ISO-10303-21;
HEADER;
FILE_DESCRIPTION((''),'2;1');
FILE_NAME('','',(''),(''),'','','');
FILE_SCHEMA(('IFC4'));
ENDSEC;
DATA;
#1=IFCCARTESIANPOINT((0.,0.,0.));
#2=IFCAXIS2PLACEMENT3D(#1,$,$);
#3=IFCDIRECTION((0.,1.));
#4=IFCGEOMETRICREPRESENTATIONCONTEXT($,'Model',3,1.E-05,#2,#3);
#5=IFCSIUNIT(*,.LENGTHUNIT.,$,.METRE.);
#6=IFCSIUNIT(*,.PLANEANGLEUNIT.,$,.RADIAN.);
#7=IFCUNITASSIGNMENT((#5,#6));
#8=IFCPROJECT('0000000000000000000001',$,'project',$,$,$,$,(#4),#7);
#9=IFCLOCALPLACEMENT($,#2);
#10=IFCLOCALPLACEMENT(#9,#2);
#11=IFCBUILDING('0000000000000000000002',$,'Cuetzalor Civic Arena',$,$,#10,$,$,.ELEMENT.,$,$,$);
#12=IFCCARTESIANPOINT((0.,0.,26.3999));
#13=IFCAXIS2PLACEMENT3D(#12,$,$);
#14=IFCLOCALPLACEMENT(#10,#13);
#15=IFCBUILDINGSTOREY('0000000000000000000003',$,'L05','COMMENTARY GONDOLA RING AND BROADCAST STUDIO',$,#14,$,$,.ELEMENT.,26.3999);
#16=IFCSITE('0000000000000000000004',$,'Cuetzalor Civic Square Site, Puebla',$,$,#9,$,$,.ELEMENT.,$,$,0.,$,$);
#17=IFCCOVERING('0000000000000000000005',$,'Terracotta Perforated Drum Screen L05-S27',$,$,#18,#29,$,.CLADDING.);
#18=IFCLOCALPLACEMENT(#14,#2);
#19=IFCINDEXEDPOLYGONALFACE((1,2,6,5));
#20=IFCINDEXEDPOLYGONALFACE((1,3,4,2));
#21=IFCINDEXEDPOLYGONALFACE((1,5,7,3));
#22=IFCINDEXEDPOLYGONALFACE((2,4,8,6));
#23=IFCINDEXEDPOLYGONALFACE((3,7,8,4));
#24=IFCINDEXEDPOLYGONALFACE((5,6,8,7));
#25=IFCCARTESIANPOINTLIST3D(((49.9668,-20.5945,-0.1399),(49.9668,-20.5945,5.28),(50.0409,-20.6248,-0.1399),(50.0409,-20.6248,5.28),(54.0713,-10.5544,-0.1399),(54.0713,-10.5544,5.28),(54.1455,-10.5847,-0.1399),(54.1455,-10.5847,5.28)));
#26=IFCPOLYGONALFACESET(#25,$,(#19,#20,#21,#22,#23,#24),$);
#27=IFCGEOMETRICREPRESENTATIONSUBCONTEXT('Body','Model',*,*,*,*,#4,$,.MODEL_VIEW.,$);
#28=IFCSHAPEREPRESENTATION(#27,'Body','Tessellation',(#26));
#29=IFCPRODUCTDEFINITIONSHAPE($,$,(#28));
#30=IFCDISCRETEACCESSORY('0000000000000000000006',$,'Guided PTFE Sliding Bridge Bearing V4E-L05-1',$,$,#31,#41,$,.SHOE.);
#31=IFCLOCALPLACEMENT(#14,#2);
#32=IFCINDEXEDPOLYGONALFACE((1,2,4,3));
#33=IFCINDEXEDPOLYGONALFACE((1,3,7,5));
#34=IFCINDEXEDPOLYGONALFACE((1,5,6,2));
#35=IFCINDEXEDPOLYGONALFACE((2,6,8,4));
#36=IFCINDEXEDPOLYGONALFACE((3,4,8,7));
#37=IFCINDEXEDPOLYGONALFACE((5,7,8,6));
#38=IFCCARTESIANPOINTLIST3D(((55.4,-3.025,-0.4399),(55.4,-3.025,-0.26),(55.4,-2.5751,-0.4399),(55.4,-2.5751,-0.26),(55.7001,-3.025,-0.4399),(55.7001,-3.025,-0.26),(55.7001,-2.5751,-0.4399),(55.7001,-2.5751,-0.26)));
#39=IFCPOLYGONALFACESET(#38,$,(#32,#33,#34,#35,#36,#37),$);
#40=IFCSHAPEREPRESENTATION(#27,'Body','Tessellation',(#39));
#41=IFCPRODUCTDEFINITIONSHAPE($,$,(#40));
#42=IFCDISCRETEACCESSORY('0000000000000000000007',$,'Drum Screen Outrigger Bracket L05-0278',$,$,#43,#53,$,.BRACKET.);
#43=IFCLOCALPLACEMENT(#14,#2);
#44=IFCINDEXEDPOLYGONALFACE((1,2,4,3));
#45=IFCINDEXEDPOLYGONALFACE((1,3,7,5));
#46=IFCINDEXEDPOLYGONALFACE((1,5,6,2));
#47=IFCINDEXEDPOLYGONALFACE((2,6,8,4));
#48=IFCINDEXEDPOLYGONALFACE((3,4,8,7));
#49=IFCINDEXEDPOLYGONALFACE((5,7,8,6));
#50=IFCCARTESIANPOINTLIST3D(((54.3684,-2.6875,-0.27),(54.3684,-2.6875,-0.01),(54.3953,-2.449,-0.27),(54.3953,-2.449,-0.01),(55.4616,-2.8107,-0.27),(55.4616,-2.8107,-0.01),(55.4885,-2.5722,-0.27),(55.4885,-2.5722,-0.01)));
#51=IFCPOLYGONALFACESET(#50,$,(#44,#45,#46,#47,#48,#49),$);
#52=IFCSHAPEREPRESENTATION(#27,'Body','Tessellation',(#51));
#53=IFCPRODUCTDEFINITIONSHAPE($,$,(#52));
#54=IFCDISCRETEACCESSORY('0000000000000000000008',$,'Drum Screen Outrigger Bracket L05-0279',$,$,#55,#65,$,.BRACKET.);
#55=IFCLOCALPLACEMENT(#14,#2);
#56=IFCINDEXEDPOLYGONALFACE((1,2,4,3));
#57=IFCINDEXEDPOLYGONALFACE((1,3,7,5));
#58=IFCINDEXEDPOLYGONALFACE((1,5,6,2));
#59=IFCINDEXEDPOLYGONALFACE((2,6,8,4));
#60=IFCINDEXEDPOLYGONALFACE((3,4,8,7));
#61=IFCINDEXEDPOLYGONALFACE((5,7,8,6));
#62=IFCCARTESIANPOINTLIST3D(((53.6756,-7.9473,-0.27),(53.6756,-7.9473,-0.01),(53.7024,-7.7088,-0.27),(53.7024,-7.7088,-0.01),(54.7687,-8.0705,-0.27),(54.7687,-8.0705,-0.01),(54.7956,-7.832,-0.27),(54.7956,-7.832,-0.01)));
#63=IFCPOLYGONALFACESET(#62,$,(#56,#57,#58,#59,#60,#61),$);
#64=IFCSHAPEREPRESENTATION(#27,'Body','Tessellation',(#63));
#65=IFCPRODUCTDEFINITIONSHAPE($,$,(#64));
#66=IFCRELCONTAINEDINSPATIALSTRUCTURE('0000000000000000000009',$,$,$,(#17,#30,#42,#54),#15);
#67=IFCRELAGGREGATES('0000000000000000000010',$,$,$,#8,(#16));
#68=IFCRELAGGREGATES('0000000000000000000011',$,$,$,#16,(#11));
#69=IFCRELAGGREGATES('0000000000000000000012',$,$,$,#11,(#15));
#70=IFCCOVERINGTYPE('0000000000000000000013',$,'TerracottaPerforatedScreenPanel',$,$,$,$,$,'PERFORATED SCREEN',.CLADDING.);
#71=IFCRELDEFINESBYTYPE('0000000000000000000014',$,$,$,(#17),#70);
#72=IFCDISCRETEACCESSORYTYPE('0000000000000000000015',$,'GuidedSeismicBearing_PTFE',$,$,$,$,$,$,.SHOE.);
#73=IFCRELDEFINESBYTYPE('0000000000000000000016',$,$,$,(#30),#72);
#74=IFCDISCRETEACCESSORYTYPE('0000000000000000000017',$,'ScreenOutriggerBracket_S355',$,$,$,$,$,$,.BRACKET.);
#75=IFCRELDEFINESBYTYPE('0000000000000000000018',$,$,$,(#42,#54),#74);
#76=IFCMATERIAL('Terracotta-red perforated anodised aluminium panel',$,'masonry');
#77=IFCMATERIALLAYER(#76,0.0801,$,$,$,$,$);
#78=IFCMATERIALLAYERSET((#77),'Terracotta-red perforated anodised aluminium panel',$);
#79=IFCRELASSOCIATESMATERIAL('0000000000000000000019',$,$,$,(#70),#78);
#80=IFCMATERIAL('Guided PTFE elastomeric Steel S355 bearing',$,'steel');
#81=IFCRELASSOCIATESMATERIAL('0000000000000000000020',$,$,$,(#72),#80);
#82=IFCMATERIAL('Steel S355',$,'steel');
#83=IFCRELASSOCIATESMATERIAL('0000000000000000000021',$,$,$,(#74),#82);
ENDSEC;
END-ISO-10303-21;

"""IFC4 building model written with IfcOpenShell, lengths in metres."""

from ifc_helpers import new_model, si_unit, direction, frame, frame_2d, origin, origin_2d, place, context, subcontext, project, spatial, rectangle, extrude, material, layer, layer_set, type_object, element, save


model = new_model("IFC4")

# Units and contexts
model_context = context("Model", 3, precision=1e-05, world=origin(), true_north=direction((0.0, 1.0)))
body_context = subcontext(model_context, "Body", "Model", "MODEL_VIEW")
ifc_project = project(units=[si_unit("LENGTHUNIT", "METRE"), si_unit("PLANEANGLEUNIT", "RADIAN")], contexts=[model_context])

# Site, building, storey
site_placement = place(None, origin())
site = spatial("IfcSite", under=ifc_project, at=site_placement, Name="Cuetzalor Civic Square Site, Puebla", CompositionType="ELEMENT", RefElevation=0.0)
building_placement = place(site_placement, origin())
building = spatial("IfcBuilding", under=site, at=building_placement, Name="Cuetzalor Civic Arena", CompositionType="ELEMENT")
storey_placement = place(building_placement, frame((0.0, 0.0, 26.3999)))
storey = spatial("IfcBuildingStorey", under=building, at=storey_placement, Name="L05", Description="COMMENTARY GONDOLA RING AND BROADCAST STUDIO", CompositionType="ELEMENT", Elevation=26.3999)

# Covering
ifc_material_1 = material(Name="Terracotta-red perforated anodised aluminium panel", Category="masonry")
ifc_layer_1 = layer(ifc_material_1, 0.0801)
ifc_layer_set_1 = layer_set([ifc_layer_1], Name="Terracotta-red perforated anodised aluminium panel")
covering_type = type_object("IfcCoveringType", Name="TerracottaPerforatedScreenPanel", ElementType="PERFORATED SCREEN", PredefinedType="CLADDING", material=ifc_layer_set_1)
covering_placement = place(storey_placement, frame((54.1084, -10.5696, -0.1399), z_axis=(0.0, 0.0, 1.0), x_axis=(-0.378412, -0.925637, 0.0)))
element("IfcCovering", 1, at=covering_placement, inside=storey, type_object=covering_type, Name="Terracotta Perforated Drum Screen L05-S27", PredefinedType="CLADDING", context=body_context, shape_type="SweptSolid", body=[
    extrude(rectangle(XDim=10.8467, YDim=0.0801, at=frame_2d((5.4233, 0.0))), origin(), (0.0, 0.0, 1.0), 5.4199),
])

# Discrete accessories
ifc_material_2 = material(Name="Guided PTFE elastomeric Steel S355 bearing", Category="steel")
discrete_accessory_type_1 = type_object("IfcDiscreteAccessoryType", Name="GuidedSeismicBearing_PTFE", PredefinedType="SHOE", material=ifc_material_2)
discrete_accessory_placement = place(storey_placement, frame((55.55, -2.8, -0.4399), z_axis=(0.0, 0.0, 1.0), x_axis=(1.0, 0.0, 0.0)))
element("IfcDiscreteAccessory", 2, at=discrete_accessory_placement, inside=storey, type_object=discrete_accessory_type_1, Name="Guided PTFE Sliding Bridge Bearing V4E-L05-1", PredefinedType="SHOE", context=body_context, shape_type="SweptSolid", body=[
    extrude(rectangle(XDim=0.3, YDim=0.45, at=origin_2d()), origin(), (0.0, 0.0, 1.0), 0.1799),
])
ifc_material_3 = material(Name="Steel S355", Category="steel")
discrete_accessory_type_2 = type_object("IfcDiscreteAccessoryType", Name="ScreenOutriggerBracket_S355", PredefinedType="BRACKET", material=ifc_material_3)
for number, where, z_axis, x_axis, name in (
    (3, (54.9285, -2.6299, -0.27), (0.0, 0.0, 1.0), (0.993709, -0.111989, 0.0), "Drum Screen Outrigger Bracket L05-0278"),
    (4, (54.2356, -7.8896, -0.27), (0.0, 0.0, 1.0), (0.993709, -0.111989, 0.0), "Drum Screen Outrigger Bracket L05-0279"),
):
    element("IfcDiscreteAccessory", number, at=place(storey_placement, frame(where, z_axis=z_axis, x_axis=x_axis)), inside=storey, type_object=discrete_accessory_type_2, Name=name, PredefinedType="BRACKET", context=body_context, shape_type="SweptSolid", body=[
        extrude(rectangle(XDim=1.1001, YDim=0.24, at=origin_2d()), origin(), (0.0, 0.0, 1.0), 0.26),
    ])

save(model, "model.ifc")
